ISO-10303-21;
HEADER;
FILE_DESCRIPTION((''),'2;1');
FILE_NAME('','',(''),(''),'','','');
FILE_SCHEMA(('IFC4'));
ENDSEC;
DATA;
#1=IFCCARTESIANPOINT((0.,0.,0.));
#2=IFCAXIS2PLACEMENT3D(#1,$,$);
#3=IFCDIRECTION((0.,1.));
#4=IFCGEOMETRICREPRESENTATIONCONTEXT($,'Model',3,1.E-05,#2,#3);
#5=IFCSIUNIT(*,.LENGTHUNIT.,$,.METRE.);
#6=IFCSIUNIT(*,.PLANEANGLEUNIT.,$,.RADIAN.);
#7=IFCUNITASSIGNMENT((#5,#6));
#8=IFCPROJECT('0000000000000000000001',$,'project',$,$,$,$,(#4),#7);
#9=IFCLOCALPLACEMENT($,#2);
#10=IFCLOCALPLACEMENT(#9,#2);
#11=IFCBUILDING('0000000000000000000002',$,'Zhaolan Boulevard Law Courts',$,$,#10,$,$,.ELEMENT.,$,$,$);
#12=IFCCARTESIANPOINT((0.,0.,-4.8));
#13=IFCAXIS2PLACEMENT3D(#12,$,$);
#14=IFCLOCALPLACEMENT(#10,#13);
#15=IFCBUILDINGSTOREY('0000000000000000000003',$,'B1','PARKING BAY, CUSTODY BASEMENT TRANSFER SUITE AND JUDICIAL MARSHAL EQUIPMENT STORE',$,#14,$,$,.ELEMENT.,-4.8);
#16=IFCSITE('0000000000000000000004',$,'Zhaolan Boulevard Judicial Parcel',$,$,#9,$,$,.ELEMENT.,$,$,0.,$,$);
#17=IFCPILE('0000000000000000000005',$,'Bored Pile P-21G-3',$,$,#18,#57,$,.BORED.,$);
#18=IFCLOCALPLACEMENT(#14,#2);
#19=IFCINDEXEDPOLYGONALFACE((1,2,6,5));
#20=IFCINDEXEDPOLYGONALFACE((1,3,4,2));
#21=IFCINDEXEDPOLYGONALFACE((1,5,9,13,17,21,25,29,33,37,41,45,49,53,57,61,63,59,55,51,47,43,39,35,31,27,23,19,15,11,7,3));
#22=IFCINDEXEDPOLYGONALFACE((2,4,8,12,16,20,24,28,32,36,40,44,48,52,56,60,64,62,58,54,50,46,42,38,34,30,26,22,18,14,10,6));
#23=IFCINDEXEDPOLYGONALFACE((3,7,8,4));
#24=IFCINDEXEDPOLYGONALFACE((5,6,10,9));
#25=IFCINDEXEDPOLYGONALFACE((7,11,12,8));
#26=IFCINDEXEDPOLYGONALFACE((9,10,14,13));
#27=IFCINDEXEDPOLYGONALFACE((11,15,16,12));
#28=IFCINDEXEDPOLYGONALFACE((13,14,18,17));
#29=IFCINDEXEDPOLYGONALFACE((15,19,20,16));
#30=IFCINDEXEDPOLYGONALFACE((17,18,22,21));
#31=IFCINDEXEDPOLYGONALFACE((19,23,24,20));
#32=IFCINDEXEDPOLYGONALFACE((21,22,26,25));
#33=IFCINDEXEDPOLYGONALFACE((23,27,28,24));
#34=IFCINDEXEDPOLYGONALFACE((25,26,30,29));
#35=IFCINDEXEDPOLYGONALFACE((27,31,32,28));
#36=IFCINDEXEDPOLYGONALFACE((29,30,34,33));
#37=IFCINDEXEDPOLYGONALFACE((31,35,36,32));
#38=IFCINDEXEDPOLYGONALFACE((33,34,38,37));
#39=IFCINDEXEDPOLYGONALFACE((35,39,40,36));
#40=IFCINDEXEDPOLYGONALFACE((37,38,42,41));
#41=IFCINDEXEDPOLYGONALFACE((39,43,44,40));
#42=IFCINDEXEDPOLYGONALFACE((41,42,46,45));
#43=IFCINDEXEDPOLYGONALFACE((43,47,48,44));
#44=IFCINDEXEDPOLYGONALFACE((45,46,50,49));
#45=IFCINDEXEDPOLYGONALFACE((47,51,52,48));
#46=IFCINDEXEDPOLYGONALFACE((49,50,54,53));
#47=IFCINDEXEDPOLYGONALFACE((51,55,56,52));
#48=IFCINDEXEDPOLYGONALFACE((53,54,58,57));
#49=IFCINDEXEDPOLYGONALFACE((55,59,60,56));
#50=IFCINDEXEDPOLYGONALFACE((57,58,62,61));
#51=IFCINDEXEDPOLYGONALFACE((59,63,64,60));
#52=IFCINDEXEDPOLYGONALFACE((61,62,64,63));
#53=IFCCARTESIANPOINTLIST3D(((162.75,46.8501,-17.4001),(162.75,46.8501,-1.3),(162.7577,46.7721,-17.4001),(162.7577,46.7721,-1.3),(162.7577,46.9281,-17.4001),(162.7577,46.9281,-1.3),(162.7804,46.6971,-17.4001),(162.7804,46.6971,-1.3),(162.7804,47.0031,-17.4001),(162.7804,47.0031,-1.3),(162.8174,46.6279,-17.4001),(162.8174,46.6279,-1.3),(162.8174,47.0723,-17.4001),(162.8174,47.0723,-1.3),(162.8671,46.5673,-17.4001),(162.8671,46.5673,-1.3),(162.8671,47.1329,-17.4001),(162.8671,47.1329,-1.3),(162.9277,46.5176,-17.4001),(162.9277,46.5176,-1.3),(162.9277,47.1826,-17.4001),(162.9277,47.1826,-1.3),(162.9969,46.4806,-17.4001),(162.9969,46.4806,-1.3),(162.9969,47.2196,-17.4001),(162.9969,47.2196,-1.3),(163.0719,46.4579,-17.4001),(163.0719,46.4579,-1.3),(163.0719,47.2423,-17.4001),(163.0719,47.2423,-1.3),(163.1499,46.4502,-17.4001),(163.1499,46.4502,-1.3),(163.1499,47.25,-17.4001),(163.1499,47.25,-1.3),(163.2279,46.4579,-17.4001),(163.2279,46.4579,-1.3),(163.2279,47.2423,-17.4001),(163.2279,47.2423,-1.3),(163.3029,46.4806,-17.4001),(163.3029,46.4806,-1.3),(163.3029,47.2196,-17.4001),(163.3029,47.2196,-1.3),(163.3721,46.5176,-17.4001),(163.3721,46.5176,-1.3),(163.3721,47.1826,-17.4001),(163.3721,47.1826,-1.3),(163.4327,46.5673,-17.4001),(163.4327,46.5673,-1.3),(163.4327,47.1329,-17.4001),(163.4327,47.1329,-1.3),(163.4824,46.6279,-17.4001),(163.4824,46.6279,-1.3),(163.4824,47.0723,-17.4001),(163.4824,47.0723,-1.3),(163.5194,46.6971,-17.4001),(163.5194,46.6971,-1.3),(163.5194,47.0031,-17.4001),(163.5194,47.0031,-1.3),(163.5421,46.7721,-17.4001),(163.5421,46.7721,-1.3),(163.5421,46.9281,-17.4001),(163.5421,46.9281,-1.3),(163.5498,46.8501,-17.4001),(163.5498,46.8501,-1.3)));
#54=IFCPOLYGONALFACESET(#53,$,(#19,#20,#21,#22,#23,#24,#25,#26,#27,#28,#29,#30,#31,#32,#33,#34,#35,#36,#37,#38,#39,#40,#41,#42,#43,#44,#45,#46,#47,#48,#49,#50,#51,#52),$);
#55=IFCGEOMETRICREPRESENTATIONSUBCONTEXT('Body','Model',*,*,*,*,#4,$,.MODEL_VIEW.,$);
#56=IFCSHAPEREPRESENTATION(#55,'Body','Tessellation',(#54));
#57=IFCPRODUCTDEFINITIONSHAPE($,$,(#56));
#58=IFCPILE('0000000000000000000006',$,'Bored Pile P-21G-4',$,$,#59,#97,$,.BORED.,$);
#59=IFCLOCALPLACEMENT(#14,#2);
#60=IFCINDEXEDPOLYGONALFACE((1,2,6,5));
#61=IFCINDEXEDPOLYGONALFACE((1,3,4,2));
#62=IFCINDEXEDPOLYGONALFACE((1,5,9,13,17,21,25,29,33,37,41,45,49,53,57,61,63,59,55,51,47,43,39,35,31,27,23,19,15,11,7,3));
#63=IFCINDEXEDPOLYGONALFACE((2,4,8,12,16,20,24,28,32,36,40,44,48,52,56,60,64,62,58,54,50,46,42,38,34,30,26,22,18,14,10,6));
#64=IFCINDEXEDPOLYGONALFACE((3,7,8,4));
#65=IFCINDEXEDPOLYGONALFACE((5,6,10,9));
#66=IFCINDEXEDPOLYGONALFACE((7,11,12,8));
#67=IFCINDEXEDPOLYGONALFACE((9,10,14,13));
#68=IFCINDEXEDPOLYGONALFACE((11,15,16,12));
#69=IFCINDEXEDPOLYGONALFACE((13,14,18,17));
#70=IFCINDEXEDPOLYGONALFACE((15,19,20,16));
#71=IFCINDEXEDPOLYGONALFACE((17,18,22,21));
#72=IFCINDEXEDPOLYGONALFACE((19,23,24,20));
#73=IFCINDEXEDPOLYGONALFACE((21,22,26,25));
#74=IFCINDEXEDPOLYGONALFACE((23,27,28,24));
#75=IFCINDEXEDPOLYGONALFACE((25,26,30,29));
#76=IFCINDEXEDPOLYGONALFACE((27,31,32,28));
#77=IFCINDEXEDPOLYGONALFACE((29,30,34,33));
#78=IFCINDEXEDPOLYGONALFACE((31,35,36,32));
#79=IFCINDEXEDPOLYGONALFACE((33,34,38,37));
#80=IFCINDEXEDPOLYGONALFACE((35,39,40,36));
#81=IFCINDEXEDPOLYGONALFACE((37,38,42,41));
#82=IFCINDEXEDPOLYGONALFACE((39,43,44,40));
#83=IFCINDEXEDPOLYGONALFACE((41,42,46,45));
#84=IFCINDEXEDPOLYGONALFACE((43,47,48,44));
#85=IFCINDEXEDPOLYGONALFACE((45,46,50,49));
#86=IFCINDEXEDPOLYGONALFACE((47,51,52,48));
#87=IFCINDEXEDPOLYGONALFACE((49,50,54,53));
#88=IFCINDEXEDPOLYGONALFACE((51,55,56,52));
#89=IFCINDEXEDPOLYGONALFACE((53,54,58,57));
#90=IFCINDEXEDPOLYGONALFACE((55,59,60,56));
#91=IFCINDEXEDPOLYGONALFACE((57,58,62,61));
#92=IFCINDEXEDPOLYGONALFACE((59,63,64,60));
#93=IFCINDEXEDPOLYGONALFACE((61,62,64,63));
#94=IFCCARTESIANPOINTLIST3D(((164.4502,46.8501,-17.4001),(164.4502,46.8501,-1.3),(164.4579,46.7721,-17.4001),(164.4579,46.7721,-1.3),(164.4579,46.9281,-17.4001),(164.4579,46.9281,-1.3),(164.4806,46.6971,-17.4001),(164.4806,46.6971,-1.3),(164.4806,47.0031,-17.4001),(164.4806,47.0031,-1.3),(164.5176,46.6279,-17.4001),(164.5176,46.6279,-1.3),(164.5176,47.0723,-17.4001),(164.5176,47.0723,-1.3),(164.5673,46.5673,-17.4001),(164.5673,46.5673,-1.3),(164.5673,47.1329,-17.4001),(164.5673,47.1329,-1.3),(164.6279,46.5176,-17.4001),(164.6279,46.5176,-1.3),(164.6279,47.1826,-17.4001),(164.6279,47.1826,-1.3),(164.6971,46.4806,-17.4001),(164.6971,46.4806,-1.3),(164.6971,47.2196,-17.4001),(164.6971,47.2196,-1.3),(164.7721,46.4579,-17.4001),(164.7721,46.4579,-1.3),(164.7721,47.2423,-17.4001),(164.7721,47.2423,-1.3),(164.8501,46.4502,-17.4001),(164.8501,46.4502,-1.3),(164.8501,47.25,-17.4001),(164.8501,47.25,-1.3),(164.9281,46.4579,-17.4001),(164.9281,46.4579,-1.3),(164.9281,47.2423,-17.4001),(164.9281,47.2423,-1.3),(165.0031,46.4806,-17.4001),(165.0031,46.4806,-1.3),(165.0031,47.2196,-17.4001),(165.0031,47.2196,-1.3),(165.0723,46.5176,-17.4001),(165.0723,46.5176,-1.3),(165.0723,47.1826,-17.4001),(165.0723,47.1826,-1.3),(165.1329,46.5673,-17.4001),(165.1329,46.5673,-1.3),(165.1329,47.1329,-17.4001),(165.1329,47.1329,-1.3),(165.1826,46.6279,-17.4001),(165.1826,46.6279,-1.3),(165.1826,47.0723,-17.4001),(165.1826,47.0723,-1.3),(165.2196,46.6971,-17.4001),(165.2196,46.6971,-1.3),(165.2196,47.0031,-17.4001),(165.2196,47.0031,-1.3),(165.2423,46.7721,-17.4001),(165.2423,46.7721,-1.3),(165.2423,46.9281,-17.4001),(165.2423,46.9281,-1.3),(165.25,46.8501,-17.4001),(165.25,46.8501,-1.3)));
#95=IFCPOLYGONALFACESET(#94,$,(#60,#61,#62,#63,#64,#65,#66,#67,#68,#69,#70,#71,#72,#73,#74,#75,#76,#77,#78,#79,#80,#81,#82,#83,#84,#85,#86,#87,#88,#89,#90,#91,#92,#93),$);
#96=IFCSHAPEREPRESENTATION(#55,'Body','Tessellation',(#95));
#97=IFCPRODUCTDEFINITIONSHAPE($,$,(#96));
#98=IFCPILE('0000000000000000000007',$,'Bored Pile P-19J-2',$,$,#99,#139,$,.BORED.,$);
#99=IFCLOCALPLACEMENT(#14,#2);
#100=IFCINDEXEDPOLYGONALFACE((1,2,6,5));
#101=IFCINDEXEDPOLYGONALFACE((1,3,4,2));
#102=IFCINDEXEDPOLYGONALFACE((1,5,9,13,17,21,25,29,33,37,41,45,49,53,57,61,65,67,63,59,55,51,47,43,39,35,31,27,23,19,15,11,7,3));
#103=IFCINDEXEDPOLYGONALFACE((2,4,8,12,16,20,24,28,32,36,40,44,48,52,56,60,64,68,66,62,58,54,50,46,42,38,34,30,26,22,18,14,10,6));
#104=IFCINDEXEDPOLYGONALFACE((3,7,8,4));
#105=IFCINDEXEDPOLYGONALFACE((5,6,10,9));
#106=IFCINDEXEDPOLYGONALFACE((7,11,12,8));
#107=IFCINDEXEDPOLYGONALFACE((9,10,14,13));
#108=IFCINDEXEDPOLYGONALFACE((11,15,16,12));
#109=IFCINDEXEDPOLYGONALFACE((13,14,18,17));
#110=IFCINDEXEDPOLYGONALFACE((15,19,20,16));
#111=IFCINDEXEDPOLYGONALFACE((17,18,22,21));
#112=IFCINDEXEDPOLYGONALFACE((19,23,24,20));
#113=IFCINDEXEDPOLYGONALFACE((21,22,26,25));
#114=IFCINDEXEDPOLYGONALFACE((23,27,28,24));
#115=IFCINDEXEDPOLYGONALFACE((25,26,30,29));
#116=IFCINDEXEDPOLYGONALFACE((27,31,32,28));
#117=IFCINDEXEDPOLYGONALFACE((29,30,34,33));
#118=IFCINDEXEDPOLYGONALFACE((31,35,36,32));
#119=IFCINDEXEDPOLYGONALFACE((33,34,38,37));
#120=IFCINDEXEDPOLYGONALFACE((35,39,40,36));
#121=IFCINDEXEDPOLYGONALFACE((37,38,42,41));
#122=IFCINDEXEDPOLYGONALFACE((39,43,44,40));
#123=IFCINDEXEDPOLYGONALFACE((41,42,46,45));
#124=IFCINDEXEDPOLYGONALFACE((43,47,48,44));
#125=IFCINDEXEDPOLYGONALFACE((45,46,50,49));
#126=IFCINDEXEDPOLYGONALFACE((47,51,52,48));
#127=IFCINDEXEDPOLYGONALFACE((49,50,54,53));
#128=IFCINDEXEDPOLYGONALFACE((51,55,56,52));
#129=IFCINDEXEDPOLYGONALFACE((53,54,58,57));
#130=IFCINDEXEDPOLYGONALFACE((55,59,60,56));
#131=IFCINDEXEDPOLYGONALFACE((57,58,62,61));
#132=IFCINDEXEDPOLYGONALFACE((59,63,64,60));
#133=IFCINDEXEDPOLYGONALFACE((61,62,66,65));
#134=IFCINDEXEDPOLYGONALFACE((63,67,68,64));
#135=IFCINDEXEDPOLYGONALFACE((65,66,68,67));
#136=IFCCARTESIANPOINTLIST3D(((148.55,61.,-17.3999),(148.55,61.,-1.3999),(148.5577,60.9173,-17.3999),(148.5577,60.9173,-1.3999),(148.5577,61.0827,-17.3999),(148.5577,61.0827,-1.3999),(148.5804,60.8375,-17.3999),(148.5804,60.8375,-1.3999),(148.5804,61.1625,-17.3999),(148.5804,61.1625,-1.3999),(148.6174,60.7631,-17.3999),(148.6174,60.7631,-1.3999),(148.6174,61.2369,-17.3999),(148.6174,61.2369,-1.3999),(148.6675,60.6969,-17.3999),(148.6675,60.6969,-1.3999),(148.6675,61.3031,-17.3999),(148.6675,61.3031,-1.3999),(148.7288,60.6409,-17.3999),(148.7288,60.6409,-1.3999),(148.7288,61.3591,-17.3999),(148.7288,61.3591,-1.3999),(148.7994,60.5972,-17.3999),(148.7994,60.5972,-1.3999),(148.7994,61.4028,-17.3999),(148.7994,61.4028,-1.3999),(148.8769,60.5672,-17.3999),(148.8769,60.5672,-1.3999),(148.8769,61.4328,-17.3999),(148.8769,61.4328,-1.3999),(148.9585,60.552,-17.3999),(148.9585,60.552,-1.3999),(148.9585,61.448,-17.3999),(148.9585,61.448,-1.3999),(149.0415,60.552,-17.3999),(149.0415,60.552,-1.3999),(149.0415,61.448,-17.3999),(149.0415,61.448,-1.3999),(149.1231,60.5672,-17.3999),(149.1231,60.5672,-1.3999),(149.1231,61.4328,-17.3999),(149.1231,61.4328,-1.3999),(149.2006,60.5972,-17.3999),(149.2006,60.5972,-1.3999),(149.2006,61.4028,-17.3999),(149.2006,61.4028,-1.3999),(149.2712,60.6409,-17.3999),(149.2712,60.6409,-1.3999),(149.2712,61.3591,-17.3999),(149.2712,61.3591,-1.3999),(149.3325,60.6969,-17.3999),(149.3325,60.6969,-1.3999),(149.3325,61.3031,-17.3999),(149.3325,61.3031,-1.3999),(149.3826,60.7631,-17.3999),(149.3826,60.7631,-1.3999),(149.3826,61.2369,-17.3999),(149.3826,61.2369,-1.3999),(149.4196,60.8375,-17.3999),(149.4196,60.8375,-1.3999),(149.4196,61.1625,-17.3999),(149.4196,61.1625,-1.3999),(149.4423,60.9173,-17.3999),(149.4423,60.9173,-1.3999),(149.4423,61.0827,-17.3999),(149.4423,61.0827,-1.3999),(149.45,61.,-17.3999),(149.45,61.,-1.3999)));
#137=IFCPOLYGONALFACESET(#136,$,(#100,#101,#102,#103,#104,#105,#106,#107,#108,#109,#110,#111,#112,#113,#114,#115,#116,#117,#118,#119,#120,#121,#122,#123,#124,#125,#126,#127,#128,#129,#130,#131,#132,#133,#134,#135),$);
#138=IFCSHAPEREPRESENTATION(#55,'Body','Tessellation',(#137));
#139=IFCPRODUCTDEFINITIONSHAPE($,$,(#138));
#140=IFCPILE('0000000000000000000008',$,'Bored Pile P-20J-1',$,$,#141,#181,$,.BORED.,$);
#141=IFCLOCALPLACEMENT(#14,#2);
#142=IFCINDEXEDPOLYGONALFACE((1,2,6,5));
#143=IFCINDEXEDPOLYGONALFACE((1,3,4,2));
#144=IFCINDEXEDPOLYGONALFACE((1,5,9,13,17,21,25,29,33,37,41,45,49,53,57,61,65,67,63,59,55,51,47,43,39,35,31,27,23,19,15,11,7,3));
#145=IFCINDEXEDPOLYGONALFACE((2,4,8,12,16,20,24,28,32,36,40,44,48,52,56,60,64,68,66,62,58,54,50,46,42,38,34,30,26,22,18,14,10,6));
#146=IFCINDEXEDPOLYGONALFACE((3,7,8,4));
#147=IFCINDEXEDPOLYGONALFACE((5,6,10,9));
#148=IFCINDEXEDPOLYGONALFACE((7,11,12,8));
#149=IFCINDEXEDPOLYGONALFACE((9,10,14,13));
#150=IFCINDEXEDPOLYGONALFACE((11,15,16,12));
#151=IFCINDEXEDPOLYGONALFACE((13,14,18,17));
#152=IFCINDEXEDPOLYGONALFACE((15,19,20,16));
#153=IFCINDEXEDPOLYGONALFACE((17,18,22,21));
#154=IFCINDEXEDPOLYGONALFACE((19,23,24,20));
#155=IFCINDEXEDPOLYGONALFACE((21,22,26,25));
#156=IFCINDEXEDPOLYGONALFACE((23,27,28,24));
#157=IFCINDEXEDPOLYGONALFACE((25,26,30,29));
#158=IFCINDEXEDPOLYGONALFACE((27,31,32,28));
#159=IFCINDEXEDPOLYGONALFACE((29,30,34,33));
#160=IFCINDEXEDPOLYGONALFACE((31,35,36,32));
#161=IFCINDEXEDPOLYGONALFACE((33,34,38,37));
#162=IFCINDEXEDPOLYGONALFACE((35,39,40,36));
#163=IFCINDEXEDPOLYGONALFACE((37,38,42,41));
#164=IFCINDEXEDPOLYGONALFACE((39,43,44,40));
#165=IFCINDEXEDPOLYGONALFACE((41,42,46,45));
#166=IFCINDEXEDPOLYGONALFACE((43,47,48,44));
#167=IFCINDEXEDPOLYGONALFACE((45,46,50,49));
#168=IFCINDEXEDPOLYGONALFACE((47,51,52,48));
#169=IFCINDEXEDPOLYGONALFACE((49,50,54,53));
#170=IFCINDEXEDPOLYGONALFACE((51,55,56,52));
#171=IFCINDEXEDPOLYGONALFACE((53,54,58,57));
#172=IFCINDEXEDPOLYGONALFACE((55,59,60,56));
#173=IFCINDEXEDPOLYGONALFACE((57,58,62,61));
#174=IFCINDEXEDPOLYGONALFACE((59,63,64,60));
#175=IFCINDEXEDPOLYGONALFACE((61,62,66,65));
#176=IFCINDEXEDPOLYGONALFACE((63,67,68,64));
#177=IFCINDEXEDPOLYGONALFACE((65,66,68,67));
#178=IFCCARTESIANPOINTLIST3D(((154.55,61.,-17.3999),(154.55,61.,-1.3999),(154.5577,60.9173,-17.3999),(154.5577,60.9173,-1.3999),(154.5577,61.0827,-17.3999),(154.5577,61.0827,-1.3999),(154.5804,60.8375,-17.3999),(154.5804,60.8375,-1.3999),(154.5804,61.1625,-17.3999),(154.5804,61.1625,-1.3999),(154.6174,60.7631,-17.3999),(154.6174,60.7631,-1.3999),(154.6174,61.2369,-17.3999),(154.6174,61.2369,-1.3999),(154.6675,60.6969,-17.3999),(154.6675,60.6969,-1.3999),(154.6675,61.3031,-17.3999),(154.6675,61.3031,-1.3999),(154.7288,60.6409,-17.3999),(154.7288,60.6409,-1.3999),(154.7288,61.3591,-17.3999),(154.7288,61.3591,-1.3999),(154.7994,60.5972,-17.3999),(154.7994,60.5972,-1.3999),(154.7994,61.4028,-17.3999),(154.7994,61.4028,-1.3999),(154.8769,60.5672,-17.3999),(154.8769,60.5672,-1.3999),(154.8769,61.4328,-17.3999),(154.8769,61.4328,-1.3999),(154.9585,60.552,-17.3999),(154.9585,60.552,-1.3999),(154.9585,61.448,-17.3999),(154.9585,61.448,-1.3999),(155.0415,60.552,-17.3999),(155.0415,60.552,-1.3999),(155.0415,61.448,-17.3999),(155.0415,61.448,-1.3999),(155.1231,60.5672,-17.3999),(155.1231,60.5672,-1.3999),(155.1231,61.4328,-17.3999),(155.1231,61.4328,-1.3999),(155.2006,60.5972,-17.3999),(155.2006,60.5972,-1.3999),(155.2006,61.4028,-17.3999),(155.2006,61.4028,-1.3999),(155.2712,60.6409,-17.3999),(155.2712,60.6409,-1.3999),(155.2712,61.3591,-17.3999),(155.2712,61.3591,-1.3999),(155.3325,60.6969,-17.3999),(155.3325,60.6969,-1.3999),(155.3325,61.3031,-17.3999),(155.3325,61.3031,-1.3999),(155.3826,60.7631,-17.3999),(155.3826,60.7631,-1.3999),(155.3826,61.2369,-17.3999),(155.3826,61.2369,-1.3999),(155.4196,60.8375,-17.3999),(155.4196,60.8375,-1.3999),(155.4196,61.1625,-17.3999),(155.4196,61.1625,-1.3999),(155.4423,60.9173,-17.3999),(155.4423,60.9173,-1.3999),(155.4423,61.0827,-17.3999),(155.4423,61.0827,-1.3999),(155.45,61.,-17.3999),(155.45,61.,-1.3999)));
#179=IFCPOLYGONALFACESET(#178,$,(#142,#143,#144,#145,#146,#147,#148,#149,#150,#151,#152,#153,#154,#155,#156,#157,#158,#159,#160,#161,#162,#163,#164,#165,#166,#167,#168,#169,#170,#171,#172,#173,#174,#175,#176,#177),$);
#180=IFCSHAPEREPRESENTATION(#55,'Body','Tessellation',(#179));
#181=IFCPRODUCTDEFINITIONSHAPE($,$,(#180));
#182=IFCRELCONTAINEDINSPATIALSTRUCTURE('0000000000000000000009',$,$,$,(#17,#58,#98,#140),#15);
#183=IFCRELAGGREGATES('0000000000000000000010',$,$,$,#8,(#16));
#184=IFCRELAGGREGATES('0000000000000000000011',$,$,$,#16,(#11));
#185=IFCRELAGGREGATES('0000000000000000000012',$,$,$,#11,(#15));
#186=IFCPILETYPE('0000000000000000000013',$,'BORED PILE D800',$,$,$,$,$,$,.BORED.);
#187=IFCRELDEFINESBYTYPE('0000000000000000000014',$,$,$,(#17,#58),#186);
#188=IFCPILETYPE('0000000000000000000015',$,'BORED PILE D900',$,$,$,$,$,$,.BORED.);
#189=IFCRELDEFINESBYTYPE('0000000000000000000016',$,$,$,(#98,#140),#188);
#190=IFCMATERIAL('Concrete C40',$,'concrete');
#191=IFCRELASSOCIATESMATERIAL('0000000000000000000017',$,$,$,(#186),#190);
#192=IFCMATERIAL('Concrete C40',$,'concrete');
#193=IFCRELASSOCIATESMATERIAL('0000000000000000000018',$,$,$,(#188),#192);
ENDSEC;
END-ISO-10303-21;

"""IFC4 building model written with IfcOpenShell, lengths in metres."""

from ifc_helpers import new_model, si_unit, direction, frame, origin, origin_2d, place, context, subcontext, project, spatial, circle, extrude, material, material_profile, profile_set, type_object, element, save


model = new_model("IFC4")

# Units and contexts
model_context = context("Model", 3, precision=1e-05, world=origin(), true_north=direction((0.0, 1.0)))
body_context = subcontext(model_context, "Body", "Model", "MODEL_VIEW")
ifc_project = project(units=[si_unit("LENGTHUNIT", "METRE"), si_unit("PLANEANGLEUNIT", "RADIAN")], contexts=[model_context])

# Site, building, storey
site_placement = place(None, origin())
site = spatial("IfcSite", under=ifc_project, at=site_placement, Name="Zhaolan Boulevard Judicial Parcel", CompositionType="ELEMENT", RefElevation=0.0)
building_placement = place(site_placement, origin())
building = spatial("IfcBuilding", under=site, at=building_placement, Name="Zhaolan Boulevard Law Courts", CompositionType="ELEMENT")
storey_placement = place(building_placement, frame((0.0, 0.0, -4.8)))
storey = spatial("IfcBuildingStorey", under=building, at=storey_placement, Name="B1", Description="PARKING BAY, CUSTODY BASEMENT TRANSFER SUITE AND JUDICIAL MARSHAL EQUIPMENT STORE", CompositionType="ELEMENT", Elevation=-4.8)

# Piles
ifc_material_1 = material(Name="Concrete C40", Category="concrete")
ifc_material_profile_1 = material_profile(ifc_material_1, circle(Radius=0.3999, at=origin_2d()), Name="PILE-D800")
ifc_profile_set_1 = profile_set([ifc_material_profile_1], Name="Concrete C40")
pile_type_1 = type_object("IfcPileType", Name="BORED PILE D800", PredefinedType="BORED", material=ifc_profile_set_1)
for number, where, z_axis, x_axis, name in (
    (1, (163.1499, 46.8501, -1.3), (0.0, 0.0, -1.0), (1.0, 0.0, 0.0), "Bored Pile P-21G-3"),
    (2, (164.8501, 46.8501, -1.3), (0.0, 0.0, -1.0), (1.0, 0.0, 0.0), "Bored Pile P-21G-4"),
):
    element("IfcPile", number, at=place(storey_placement, frame(where, z_axis=z_axis, x_axis=x_axis)), inside=storey, type_object=pile_type_1, Name=name, PredefinedType="BORED", context=body_context, shape_type="SweptSolid", body=[
        extrude(circle(Radius=0.3999, at=origin_2d()), origin(), (0.0, 0.0, 1.0), 16.1001),
    ])
ifc_material_2 = material(Name="Concrete C40", Category="concrete")
ifc_material_profile_2 = material_profile(ifc_material_2, circle(Radius=0.45, at=origin_2d()), Name="PILE-D900")
ifc_profile_set_2 = profile_set([ifc_material_profile_2], Name="Concrete C40")
pile_type_2 = type_object("IfcPileType", Name="BORED PILE D900", PredefinedType="BORED", material=ifc_profile_set_2)
for number, where, z_axis, x_axis, name in (
    (3, (149.0, 61.0, -1.3999), (0.0, 0.0, -1.0), (1.0, 0.0, 0.0), "Bored Pile P-19J-2"),
    (4, (155.0, 61.0, -1.3999), (0.0, 0.0, -1.0), (1.0, 0.0, 0.0), "Bored Pile P-20J-1"),
):
    element("IfcPile", number, at=place(storey_placement, frame(where, z_axis=z_axis, x_axis=x_axis)), inside=storey, type_object=pile_type_2, Name=name, PredefinedType="BORED", context=body_context, shape_type="SweptSolid", body=[
        extrude(circle(Radius=0.45, at=origin_2d()), origin(), (0.0, 0.0, 1.0), 16.0),
    ])

save(model, "model.ifc")
